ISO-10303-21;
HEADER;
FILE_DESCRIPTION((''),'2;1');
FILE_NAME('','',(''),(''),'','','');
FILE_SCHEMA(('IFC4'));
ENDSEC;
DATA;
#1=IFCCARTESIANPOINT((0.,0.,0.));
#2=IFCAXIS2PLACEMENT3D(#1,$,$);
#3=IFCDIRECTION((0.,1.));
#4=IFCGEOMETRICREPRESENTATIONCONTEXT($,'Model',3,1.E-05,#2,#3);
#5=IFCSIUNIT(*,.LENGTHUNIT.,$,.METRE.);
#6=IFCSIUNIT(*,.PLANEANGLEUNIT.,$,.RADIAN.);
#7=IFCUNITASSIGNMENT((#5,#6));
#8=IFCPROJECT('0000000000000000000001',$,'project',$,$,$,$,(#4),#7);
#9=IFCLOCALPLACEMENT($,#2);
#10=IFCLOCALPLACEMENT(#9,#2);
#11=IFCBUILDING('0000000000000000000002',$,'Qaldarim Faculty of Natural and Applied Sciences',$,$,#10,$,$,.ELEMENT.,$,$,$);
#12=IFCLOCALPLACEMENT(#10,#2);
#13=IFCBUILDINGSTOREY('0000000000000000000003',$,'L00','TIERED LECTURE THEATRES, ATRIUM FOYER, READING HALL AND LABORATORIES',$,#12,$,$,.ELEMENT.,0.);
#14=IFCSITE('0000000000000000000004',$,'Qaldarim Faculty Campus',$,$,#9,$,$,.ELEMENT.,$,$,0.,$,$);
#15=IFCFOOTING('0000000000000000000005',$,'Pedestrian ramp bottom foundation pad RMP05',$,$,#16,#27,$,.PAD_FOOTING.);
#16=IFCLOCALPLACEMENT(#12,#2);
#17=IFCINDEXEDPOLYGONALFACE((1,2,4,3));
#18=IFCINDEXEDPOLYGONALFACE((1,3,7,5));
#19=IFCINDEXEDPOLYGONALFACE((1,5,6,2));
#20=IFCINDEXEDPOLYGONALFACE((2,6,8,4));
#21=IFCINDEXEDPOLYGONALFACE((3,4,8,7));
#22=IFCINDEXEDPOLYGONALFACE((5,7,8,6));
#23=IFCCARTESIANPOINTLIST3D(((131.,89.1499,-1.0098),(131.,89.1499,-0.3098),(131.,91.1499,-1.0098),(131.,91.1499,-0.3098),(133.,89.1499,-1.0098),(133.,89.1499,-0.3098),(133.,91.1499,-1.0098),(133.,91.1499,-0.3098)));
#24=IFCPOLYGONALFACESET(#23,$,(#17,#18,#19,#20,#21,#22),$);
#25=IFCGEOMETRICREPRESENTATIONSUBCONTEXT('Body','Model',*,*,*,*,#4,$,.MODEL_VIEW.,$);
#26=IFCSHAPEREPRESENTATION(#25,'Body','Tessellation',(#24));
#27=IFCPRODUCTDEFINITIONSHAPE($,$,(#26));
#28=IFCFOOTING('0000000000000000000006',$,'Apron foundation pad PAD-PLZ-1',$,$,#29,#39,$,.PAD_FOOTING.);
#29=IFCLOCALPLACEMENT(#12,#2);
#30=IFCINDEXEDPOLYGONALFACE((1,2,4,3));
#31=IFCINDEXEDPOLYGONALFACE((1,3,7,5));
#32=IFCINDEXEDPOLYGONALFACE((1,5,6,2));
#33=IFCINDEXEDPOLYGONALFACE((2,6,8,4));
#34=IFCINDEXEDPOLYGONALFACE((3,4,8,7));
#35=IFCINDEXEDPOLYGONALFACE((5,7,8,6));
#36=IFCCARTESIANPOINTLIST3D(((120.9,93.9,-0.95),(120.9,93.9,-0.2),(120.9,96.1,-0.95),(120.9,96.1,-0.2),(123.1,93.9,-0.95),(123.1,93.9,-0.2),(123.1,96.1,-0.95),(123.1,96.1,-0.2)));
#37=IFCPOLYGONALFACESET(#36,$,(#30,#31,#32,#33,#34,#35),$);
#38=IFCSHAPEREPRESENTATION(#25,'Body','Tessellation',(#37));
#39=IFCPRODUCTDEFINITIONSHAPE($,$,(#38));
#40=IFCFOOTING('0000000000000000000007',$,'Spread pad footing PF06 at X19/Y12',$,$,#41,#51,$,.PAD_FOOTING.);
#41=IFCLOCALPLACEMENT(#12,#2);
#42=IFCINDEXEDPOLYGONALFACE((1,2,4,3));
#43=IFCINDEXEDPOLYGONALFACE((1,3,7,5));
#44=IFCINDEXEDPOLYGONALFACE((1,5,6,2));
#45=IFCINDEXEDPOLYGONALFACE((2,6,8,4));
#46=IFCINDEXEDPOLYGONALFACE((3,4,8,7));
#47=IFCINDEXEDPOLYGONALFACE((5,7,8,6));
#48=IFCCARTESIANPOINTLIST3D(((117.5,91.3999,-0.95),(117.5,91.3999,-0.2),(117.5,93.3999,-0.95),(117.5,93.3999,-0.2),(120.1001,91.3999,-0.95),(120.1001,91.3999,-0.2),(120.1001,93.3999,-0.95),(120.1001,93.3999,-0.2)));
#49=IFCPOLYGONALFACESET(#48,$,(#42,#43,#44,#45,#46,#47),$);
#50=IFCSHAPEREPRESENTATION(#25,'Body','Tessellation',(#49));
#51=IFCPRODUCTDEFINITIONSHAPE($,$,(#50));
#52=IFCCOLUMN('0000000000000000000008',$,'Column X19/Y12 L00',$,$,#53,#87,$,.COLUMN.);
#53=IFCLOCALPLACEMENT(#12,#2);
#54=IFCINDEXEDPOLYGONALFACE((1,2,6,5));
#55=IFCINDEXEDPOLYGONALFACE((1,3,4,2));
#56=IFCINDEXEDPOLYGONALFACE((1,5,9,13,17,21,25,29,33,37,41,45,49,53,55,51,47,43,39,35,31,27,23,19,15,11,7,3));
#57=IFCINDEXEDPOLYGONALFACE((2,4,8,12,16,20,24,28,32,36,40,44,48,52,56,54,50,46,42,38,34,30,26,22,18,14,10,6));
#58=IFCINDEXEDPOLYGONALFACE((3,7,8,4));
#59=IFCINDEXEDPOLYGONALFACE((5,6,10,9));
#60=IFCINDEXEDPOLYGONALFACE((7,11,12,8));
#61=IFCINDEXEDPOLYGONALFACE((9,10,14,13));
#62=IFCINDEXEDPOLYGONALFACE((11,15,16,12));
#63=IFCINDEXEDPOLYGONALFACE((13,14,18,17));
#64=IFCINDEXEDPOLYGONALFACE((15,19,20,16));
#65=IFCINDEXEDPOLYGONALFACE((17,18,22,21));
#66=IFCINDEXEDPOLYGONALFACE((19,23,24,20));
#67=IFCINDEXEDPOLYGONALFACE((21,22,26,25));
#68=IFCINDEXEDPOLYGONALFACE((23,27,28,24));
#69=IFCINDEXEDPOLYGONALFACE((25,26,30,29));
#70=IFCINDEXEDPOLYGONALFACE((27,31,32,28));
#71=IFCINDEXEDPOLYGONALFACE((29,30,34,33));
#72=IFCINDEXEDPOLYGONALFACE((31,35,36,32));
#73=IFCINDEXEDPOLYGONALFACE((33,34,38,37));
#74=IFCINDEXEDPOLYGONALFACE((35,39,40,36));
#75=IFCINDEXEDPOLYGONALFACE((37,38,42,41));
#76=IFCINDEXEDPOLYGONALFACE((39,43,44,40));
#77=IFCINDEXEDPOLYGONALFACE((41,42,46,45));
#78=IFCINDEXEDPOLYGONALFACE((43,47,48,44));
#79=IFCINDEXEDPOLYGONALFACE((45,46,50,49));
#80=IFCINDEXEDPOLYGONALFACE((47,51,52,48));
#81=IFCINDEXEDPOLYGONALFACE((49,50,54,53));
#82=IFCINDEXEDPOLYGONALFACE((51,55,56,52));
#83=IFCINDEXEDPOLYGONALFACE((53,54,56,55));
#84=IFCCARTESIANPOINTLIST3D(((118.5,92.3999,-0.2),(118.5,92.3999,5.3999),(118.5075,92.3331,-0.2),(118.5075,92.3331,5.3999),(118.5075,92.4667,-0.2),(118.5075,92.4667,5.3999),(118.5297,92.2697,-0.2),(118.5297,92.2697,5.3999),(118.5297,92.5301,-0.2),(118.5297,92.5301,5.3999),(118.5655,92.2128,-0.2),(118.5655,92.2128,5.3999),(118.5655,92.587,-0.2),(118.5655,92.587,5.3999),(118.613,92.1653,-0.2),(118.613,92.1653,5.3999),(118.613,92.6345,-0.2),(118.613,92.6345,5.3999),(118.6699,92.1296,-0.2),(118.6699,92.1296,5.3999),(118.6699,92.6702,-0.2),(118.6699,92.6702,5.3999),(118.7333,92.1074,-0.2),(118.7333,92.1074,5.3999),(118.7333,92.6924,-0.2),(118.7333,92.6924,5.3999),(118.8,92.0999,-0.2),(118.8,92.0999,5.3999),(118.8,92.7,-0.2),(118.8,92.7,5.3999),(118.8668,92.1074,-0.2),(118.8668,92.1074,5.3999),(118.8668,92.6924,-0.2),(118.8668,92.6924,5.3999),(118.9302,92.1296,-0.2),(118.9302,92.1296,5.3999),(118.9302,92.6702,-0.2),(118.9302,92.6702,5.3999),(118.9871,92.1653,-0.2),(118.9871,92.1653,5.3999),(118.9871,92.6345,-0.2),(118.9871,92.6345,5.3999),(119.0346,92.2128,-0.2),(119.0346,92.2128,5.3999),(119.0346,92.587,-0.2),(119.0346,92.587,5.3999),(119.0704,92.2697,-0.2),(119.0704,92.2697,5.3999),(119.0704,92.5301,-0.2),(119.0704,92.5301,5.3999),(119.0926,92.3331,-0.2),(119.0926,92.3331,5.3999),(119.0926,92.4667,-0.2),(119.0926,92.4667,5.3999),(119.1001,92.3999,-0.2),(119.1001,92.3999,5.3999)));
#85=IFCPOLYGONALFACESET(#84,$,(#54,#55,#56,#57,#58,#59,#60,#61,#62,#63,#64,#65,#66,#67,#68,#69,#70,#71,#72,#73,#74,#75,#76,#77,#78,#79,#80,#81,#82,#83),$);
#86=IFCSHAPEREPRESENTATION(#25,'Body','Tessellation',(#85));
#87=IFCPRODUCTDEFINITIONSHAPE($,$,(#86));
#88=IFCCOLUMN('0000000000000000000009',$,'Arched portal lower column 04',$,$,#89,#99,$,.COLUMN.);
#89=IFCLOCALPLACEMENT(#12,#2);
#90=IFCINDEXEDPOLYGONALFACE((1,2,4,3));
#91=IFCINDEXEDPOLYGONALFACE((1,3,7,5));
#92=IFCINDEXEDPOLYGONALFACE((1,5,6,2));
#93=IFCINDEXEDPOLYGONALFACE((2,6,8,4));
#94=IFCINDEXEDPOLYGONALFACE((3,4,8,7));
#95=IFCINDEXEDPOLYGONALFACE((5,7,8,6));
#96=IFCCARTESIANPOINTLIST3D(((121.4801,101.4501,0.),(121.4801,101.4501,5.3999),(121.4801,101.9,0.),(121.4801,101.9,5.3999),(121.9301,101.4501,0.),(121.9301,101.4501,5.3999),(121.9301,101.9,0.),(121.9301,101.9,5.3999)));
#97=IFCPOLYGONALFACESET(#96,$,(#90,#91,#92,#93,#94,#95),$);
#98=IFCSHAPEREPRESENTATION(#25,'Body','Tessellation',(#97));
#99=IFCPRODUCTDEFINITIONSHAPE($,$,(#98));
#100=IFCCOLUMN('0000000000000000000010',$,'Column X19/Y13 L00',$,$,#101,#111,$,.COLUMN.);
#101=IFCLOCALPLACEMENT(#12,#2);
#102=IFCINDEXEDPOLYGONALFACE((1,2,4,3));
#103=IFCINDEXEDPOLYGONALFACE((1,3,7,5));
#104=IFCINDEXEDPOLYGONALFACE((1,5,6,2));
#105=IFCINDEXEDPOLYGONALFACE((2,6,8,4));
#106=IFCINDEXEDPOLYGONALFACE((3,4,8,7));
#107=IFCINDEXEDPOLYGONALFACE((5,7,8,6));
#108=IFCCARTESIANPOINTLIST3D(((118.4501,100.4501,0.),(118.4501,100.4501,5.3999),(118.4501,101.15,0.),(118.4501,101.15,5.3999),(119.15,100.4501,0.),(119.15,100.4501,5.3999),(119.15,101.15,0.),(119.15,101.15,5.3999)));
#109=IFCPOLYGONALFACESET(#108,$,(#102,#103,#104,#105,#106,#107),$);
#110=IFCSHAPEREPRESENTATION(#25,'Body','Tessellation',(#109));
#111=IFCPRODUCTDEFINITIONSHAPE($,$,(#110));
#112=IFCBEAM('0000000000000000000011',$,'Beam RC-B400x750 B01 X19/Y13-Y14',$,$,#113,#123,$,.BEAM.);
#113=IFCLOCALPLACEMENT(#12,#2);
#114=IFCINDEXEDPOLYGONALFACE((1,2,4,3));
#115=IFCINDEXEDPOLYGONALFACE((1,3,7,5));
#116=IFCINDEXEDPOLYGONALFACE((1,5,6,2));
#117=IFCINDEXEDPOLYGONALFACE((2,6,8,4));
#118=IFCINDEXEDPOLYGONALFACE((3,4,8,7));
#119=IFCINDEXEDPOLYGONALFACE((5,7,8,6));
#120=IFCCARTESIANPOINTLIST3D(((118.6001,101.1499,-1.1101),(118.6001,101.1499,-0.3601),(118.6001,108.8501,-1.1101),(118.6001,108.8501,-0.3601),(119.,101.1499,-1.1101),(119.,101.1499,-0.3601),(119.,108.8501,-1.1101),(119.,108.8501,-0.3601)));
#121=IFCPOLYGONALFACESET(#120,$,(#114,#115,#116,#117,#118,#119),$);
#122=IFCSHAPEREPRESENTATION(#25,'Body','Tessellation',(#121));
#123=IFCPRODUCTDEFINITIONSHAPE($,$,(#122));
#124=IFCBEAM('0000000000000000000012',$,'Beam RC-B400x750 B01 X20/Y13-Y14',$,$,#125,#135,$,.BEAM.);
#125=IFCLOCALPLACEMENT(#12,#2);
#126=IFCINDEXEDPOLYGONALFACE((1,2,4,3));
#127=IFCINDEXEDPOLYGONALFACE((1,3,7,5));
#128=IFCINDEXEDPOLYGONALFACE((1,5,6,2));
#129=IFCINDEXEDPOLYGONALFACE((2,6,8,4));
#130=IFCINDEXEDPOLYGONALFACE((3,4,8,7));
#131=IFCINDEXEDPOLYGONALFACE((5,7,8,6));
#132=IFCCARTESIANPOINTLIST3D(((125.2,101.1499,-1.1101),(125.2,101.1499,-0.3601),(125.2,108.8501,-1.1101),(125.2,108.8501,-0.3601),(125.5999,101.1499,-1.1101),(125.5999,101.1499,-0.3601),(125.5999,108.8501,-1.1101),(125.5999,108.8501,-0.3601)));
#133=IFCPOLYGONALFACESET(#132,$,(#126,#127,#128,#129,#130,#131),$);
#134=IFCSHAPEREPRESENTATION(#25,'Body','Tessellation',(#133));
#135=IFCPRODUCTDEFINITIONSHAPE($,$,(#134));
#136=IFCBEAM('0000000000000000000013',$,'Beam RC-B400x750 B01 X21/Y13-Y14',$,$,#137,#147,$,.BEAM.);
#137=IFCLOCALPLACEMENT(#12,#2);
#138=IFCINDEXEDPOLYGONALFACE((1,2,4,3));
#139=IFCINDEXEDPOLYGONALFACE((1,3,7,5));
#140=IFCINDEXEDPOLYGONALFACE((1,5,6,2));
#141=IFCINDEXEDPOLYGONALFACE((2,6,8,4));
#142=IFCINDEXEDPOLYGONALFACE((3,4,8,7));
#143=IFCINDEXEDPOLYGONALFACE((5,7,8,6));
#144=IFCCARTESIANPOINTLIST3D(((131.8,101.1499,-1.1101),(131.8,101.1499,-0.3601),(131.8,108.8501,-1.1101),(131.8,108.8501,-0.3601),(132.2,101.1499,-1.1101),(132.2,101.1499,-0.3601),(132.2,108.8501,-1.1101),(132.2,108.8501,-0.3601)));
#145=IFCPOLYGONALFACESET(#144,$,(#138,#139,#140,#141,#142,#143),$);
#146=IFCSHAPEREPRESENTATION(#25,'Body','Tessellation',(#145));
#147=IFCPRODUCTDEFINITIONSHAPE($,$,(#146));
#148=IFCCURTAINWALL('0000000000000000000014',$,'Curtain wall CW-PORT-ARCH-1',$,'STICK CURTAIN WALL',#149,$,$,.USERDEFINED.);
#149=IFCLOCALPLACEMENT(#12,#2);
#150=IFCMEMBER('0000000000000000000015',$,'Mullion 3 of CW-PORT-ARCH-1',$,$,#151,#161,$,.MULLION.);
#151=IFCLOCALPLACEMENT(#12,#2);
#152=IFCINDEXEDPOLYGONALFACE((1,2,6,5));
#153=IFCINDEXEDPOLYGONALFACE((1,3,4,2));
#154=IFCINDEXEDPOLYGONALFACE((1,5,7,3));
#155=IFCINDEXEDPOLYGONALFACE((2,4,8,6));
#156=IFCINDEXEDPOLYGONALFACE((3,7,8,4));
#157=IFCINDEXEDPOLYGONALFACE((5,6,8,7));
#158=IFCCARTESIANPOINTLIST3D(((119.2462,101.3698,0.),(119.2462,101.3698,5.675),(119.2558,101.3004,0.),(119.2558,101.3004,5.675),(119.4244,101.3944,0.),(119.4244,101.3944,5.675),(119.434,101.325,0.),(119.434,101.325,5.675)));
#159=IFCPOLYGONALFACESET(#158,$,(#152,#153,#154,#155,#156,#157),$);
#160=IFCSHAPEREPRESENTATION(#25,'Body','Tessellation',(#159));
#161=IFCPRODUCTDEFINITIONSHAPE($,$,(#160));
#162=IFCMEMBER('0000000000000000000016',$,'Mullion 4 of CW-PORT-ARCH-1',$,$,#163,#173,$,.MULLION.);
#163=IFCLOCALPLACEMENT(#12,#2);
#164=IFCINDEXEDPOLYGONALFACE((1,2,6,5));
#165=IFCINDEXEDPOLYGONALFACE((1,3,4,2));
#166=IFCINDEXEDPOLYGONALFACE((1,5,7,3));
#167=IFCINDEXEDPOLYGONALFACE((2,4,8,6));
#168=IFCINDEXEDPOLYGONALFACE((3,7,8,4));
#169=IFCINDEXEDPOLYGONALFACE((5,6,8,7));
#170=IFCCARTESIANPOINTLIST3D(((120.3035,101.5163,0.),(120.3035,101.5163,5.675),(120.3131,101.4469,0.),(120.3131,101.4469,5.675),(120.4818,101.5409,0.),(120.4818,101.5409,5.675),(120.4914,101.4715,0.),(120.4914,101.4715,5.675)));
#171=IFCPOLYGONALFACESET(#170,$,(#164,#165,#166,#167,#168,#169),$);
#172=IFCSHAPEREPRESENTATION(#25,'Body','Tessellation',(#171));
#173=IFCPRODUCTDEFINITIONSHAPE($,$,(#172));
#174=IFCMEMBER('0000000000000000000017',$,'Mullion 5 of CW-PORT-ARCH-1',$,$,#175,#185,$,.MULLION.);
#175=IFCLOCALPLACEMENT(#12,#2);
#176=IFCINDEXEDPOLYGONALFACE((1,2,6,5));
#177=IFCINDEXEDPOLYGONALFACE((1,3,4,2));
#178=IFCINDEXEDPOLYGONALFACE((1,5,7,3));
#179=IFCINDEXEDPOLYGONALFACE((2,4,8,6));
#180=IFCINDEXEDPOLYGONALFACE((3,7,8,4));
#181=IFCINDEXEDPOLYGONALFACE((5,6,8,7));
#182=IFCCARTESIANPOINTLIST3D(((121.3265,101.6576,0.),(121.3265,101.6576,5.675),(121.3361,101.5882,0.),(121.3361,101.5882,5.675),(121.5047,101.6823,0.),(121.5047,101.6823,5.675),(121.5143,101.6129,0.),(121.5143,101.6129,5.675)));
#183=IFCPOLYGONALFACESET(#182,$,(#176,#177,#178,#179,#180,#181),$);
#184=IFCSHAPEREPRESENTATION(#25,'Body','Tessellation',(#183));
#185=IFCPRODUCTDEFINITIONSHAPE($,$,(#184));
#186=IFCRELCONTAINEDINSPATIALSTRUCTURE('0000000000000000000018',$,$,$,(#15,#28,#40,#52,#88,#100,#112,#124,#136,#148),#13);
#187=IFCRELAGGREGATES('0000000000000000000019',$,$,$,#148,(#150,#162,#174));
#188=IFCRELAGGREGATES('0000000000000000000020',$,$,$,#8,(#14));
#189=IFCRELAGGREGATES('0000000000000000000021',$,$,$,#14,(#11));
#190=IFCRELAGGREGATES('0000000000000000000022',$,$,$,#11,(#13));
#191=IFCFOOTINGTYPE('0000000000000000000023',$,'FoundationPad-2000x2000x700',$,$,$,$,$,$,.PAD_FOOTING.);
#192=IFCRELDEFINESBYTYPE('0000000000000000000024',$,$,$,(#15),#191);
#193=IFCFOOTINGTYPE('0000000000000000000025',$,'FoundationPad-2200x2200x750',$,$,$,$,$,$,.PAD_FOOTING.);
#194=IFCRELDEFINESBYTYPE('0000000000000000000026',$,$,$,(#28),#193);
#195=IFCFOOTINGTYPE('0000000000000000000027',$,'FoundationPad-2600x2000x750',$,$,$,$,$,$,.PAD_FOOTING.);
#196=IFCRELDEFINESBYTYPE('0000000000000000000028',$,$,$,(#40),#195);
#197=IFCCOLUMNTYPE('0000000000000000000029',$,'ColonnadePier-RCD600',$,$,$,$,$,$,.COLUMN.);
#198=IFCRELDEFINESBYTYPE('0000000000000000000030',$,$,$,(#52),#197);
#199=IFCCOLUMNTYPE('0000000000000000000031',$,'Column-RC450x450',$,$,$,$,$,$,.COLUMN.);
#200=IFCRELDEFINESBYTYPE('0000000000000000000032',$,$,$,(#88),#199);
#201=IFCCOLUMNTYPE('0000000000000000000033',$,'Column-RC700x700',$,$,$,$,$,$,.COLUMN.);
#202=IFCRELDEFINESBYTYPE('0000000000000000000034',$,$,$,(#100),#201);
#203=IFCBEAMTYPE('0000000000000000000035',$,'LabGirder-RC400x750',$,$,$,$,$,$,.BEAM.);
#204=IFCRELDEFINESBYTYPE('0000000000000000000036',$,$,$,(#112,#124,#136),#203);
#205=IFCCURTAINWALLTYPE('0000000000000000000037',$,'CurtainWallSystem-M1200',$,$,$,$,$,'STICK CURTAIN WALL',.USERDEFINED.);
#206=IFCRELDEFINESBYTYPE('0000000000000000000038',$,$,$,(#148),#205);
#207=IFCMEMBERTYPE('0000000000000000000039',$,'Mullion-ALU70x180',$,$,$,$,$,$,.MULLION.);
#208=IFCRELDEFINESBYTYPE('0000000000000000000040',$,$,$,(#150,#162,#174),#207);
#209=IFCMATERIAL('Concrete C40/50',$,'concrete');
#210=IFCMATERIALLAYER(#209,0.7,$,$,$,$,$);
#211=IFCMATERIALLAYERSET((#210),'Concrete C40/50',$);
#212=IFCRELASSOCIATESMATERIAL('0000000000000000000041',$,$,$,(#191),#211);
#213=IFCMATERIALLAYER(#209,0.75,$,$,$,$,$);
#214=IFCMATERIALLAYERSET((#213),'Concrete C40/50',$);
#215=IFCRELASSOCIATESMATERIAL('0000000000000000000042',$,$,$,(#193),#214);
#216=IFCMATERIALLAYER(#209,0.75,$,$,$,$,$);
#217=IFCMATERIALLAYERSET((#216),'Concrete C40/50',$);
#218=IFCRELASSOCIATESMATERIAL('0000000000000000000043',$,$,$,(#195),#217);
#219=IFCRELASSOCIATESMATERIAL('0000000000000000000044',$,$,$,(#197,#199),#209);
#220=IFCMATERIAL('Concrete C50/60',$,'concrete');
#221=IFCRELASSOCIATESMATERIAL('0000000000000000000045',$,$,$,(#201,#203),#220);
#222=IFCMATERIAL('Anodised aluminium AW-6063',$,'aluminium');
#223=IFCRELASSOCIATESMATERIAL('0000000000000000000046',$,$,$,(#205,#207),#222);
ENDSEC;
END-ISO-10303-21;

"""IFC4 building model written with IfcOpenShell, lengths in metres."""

from ifc_helpers import new_model, si_unit, direction, frame, origin, origin_2d, place, context, subcontext, project, spatial, rectangle, circle, extrude, material, layer, layer_set, material_profile, profile_set, type_object, element, aggregate, save


model = new_model("IFC4")

# Units and contexts
model_context = context("Model", 3, precision=1e-05, world=origin(), true_north=direction((0.0, 1.0)))
body_context = subcontext(model_context, "Body", "Model", "MODEL_VIEW")
ifc_project = project(units=[si_unit("LENGTHUNIT", "METRE"), si_unit("PLANEANGLEUNIT", "RADIAN")], contexts=[model_context])

# Site, building, storey
site_placement = place(None, origin())
site = spatial("IfcSite", under=ifc_project, at=site_placement, Name="Qaldarim Faculty Campus", CompositionType="ELEMENT", RefElevation=0.0)
building_placement = place(site_placement, origin())
building = spatial("IfcBuilding", under=site, at=building_placement, Name="Qaldarim Faculty of Natural and Applied Sciences", CompositionType="ELEMENT")
storey_placement = place(building_placement, origin())
storey = spatial("IfcBuildingStorey", under=building, at=storey_placement, Name="L00", Description="TIERED LECTURE THEATRES, ATRIUM FOYER, READING HALL AND LABORATORIES", CompositionType="ELEMENT", Elevation=0.0)

# Footings
ifc_material_1 = material(Name="Concrete C40/50", Category="concrete")
ifc_layer_1 = layer(ifc_material_1, 0.7)
ifc_layer_set_1 = layer_set([ifc_layer_1], Name="Concrete C40/50")
footing_type_1 = type_object("IfcFootingType", Name="FoundationPad-2000x2000x700", PredefinedType="PAD_FOOTING", material=ifc_layer_set_1)
footing_1_placement = place(storey_placement, frame((132.0, 90.1499, -1.0098), z_axis=(0.0, 0.0, 1.0), x_axis=(0.0, 1.0, 0.0)))
element("IfcFooting", 1, at=footing_1_placement, inside=storey, type_object=footing_type_1, Name="Pedestrian ramp bottom foundation pad RMP05", PredefinedType="PAD_FOOTING", context=body_context, shape_type="SweptSolid", body=[
    extrude(rectangle(XDim=2.0, YDim=2.0, at=origin_2d()), origin(), (0.0, 0.0, 1.0), 0.7),
])
ifc_layer_2 = layer(ifc_material_1, 0.75)
ifc_layer_set_2 = layer_set([ifc_layer_2], Name="Concrete C40/50")
footing_type_2 = type_object("IfcFootingType", Name="FoundationPad-2200x2200x750", PredefinedType="PAD_FOOTING", material=ifc_layer_set_2)
footing_2_placement = place(storey_placement, frame((122.0, 95.0, -0.95), z_axis=(0.0, 0.0, 1.0), x_axis=(1.0, 0.0, 0.0)))
element("IfcFooting", 2, at=footing_2_placement, inside=storey, type_object=footing_type_2, Name="Apron foundation pad PAD-PLZ-1", PredefinedType="PAD_FOOTING", context=body_context, shape_type="SweptSolid", body=[
    extrude(rectangle(XDim=2.2, YDim=2.2, at=origin_2d()), origin(), (0.0, 0.0, 1.0), 0.75),
])
ifc_layer_3 = layer(ifc_material_1, 0.75)
ifc_layer_set_3 = layer_set([ifc_layer_3], Name="Concrete C40/50")
footing_type_3 = type_object("IfcFootingType", Name="FoundationPad-2600x2000x750", PredefinedType="PAD_FOOTING", material=ifc_layer_set_3)
footing_3_placement = place(storey_placement, frame((118.8, 92.3999, -0.95), z_axis=(0.0, 0.0, 1.0), x_axis=(1.0, 0.0, 0.0)))
element("IfcFooting", 3, at=footing_3_placement, inside=storey, type_object=footing_type_3, Name="Spread pad footing PF06 at X19/Y12", PredefinedType="PAD_FOOTING", context=body_context, shape_type="SweptSolid", body=[
    extrude(rectangle(XDim=2.6001, YDim=2.0, at=origin_2d()), origin(), (0.0, 0.0, 1.0), 0.75),
])

# Columns
ifc_material_profile_1 = material_profile(ifc_material_1, circle(Radius=0.3, at=origin_2d()), Name="RC-D600")
ifc_profile_set_1 = profile_set([ifc_material_profile_1], Name="Concrete C40/50")
column_type_1 = type_object("IfcColumnType", Name="ColonnadePier-RCD600", PredefinedType="COLUMN", material=ifc_profile_set_1)
column_1_placement = place(storey_placement, frame((118.8, 92.3999, -0.2), z_axis=(0.0, 0.0, 1.0), x_axis=(1.0, 0.0, 0.0)))
element("IfcColumn", 4, at=column_1_placement, inside=storey, type_object=column_type_1, Name="Column X19/Y12 L00", PredefinedType="COLUMN", context=body_context, shape_type="SweptSolid", body=[
    extrude(circle(Radius=0.3, at=origin_2d()), origin(), (0.0, 0.0, 1.0), 5.5999),
])
ifc_material_profile_2 = material_profile(ifc_material_1, rectangle(XDim=0.45, YDim=0.45, at=origin_2d()), Name="RC-C450x450")
ifc_profile_set_2 = profile_set([ifc_material_profile_2], Name="Concrete C40/50")
column_type_2 = type_object("IfcColumnType", Name="Column-RC450x450", PredefinedType="COLUMN", material=ifc_profile_set_2)
column_2_placement = place(storey_placement, frame((121.7051, 101.675, 0.0), z_axis=(0.0, 0.0, 1.0), x_axis=(1.0, 0.0, 0.0)))
element("IfcColumn", 5, at=column_2_placement, inside=storey, type_object=column_type_2, Name="Arched portal lower column 04", PredefinedType="COLUMN", context=body_context, shape_type="SweptSolid", body=[
    extrude(rectangle(XDim=0.45, YDim=0.45, at=origin_2d()), origin(), (0.0, 0.0, 1.0), 5.3999),
])
ifc_material_2 = material(Name="Concrete C50/60", Category="concrete")
ifc_material_profile_3 = material_profile(ifc_material_2, rectangle(XDim=0.7, YDim=0.7, at=origin_2d()), Name="RC-C700x700")
ifc_profile_set_3 = profile_set([ifc_material_profile_3], Name="Concrete C50/60")
column_type_3 = type_object("IfcColumnType", Name="Column-RC700x700", PredefinedType="COLUMN", material=ifc_profile_set_3)
column_3_placement = place(storey_placement, frame((118.8, 100.8, 0.0), z_axis=(0.0, 0.0, 1.0), x_axis=(1.0, 0.0, 0.0)))
element("IfcColumn", 6, at=column_3_placement, inside=storey, type_object=column_type_3, Name="Column X19/Y13 L00", PredefinedType="COLUMN", context=body_context, shape_type="SweptSolid", body=[
    extrude(rectangle(XDim=0.7, YDim=0.7, at=origin_2d()), origin(), (0.0, 0.0, 1.0), 5.3999),
])

# Beams
ifc_material_profile_4 = material_profile(ifc_material_2, rectangle(XDim=0.3999, YDim=0.75, at=origin_2d()), Name="RC-B400x750")
ifc_profile_set_4 = profile_set([ifc_material_profile_4], Name="Concrete C50/60")
beam_type_1 = type_object("IfcBeamType", Name="LabGirder-RC400x750", PredefinedType="BEAM", material=ifc_profile_set_4)
for number, where, z_axis, x_axis, name in (
    (7, (118.8, 101.1499, -0.7351), (0.0, 1.0, 0.0), (-1.0, 0.0, 0.0), "Beam RC-B400x750 B01 X19/Y13-Y14"),
    (8, (125.3999, 101.1499, -0.7351), (0.0, 1.0, 0.0), (-1.0, 0.0, 0.0), "Beam RC-B400x750 B01 X20/Y13-Y14"),
    (9, (132.0, 101.1499, -0.7351), (0.0, 1.0, 0.0), (-1.0, 0.0, 0.0), "Beam RC-B400x750 B01 X21/Y13-Y14"),
):
    element("IfcBeam", number, at=place(storey_placement, frame(where, z_axis=z_axis, x_axis=x_axis)), inside=storey, type_object=beam_type_1, Name=name, PredefinedType="BEAM", context=body_context, shape_type="SweptSolid", body=[
        extrude(rectangle(XDim=0.3999, YDim=0.75, at=origin_2d()), origin(), (0.0, 0.0, 1.0), 7.7002),
    ])

# Curtain wall, members
ifc_material_3 = material(Name="Anodised aluminium AW-6063", Category="aluminium")
curtain_wall_type = type_object("IfcCurtainWallType", Name="CurtainWallSystem-M1200", ElementType="STICK CURTAIN WALL", PredefinedType="USERDEFINED", material=ifc_material_3)
curtain_wall_placement = place(storey_placement, origin())
curtain_wall = element("IfcCurtainWall", 10, at=curtain_wall_placement, inside=storey, type_object=curtain_wall_type, Name="Curtain wall CW-PORT-ARCH-1", ObjectType="STICK CURTAIN WALL", PredefinedType="USERDEFINED")
ifc_material_profile_5 = material_profile(ifc_material_3, rectangle(XDim=0.0701, YDim=0.1799, at=origin_2d()), Name="ALU-M70x180")
ifc_profile_set_5 = profile_set([ifc_material_profile_5], Name="Anodised aluminium AW-6063")
member_type_1 = type_object("IfcMemberType", Name="Mullion-ALU70x180", PredefinedType="MULLION", material=ifc_profile_set_5)
member_1_placement = place(storey_placement, frame((119.3401, 101.3474, 0.0), z_axis=(0.0, 0.0, 1.0), x_axis=(-0.136995, 0.990572, 0.0)))
member_1 = element("IfcMember", 11, at=member_1_placement, type_object=member_type_1, Name="Mullion 3 of CW-PORT-ARCH-1", PredefinedType="MULLION", context=body_context, shape_type="SweptSolid", body=[
    extrude(rectangle(XDim=0.0701, YDim=0.1799, at=origin_2d()), origin(), (0.0, 0.0, 1.0), 5.675),
])
member_2_placement = place(storey_placement, frame((120.3975, 101.4939, 0.0), z_axis=(0.0, 0.0, 1.0), x_axis=(-0.136995, 0.990572, 0.0)))
member_2 = element("IfcMember", 12, at=member_2_placement, type_object=member_type_1, Name="Mullion 4 of CW-PORT-ARCH-1", PredefinedType="MULLION", context=body_context, shape_type="SweptSolid", body=[
    extrude(rectangle(XDim=0.0701, YDim=0.1799, at=origin_2d()), origin(), (0.0, 0.0, 1.0), 5.675),
])
member_3_placement = place(storey_placement, frame((121.4204, 101.6353, 0.0), z_axis=(0.0, 0.0, 1.0), x_axis=(-0.136995, 0.990572, 0.0)))
member_3 = element("IfcMember", 13, at=member_3_placement, type_object=member_type_1, Name="Mullion 5 of CW-PORT-ARCH-1", PredefinedType="MULLION", context=body_context, shape_type="SweptSolid", body=[
    extrude(rectangle(XDim=0.0701, YDim=0.1799, at=origin_2d()), origin(), (0.0, 0.0, 1.0), 5.675),
])

aggregate(curtain_wall, [member_1, member_2, member_3])

save(model, "model.ifc")
